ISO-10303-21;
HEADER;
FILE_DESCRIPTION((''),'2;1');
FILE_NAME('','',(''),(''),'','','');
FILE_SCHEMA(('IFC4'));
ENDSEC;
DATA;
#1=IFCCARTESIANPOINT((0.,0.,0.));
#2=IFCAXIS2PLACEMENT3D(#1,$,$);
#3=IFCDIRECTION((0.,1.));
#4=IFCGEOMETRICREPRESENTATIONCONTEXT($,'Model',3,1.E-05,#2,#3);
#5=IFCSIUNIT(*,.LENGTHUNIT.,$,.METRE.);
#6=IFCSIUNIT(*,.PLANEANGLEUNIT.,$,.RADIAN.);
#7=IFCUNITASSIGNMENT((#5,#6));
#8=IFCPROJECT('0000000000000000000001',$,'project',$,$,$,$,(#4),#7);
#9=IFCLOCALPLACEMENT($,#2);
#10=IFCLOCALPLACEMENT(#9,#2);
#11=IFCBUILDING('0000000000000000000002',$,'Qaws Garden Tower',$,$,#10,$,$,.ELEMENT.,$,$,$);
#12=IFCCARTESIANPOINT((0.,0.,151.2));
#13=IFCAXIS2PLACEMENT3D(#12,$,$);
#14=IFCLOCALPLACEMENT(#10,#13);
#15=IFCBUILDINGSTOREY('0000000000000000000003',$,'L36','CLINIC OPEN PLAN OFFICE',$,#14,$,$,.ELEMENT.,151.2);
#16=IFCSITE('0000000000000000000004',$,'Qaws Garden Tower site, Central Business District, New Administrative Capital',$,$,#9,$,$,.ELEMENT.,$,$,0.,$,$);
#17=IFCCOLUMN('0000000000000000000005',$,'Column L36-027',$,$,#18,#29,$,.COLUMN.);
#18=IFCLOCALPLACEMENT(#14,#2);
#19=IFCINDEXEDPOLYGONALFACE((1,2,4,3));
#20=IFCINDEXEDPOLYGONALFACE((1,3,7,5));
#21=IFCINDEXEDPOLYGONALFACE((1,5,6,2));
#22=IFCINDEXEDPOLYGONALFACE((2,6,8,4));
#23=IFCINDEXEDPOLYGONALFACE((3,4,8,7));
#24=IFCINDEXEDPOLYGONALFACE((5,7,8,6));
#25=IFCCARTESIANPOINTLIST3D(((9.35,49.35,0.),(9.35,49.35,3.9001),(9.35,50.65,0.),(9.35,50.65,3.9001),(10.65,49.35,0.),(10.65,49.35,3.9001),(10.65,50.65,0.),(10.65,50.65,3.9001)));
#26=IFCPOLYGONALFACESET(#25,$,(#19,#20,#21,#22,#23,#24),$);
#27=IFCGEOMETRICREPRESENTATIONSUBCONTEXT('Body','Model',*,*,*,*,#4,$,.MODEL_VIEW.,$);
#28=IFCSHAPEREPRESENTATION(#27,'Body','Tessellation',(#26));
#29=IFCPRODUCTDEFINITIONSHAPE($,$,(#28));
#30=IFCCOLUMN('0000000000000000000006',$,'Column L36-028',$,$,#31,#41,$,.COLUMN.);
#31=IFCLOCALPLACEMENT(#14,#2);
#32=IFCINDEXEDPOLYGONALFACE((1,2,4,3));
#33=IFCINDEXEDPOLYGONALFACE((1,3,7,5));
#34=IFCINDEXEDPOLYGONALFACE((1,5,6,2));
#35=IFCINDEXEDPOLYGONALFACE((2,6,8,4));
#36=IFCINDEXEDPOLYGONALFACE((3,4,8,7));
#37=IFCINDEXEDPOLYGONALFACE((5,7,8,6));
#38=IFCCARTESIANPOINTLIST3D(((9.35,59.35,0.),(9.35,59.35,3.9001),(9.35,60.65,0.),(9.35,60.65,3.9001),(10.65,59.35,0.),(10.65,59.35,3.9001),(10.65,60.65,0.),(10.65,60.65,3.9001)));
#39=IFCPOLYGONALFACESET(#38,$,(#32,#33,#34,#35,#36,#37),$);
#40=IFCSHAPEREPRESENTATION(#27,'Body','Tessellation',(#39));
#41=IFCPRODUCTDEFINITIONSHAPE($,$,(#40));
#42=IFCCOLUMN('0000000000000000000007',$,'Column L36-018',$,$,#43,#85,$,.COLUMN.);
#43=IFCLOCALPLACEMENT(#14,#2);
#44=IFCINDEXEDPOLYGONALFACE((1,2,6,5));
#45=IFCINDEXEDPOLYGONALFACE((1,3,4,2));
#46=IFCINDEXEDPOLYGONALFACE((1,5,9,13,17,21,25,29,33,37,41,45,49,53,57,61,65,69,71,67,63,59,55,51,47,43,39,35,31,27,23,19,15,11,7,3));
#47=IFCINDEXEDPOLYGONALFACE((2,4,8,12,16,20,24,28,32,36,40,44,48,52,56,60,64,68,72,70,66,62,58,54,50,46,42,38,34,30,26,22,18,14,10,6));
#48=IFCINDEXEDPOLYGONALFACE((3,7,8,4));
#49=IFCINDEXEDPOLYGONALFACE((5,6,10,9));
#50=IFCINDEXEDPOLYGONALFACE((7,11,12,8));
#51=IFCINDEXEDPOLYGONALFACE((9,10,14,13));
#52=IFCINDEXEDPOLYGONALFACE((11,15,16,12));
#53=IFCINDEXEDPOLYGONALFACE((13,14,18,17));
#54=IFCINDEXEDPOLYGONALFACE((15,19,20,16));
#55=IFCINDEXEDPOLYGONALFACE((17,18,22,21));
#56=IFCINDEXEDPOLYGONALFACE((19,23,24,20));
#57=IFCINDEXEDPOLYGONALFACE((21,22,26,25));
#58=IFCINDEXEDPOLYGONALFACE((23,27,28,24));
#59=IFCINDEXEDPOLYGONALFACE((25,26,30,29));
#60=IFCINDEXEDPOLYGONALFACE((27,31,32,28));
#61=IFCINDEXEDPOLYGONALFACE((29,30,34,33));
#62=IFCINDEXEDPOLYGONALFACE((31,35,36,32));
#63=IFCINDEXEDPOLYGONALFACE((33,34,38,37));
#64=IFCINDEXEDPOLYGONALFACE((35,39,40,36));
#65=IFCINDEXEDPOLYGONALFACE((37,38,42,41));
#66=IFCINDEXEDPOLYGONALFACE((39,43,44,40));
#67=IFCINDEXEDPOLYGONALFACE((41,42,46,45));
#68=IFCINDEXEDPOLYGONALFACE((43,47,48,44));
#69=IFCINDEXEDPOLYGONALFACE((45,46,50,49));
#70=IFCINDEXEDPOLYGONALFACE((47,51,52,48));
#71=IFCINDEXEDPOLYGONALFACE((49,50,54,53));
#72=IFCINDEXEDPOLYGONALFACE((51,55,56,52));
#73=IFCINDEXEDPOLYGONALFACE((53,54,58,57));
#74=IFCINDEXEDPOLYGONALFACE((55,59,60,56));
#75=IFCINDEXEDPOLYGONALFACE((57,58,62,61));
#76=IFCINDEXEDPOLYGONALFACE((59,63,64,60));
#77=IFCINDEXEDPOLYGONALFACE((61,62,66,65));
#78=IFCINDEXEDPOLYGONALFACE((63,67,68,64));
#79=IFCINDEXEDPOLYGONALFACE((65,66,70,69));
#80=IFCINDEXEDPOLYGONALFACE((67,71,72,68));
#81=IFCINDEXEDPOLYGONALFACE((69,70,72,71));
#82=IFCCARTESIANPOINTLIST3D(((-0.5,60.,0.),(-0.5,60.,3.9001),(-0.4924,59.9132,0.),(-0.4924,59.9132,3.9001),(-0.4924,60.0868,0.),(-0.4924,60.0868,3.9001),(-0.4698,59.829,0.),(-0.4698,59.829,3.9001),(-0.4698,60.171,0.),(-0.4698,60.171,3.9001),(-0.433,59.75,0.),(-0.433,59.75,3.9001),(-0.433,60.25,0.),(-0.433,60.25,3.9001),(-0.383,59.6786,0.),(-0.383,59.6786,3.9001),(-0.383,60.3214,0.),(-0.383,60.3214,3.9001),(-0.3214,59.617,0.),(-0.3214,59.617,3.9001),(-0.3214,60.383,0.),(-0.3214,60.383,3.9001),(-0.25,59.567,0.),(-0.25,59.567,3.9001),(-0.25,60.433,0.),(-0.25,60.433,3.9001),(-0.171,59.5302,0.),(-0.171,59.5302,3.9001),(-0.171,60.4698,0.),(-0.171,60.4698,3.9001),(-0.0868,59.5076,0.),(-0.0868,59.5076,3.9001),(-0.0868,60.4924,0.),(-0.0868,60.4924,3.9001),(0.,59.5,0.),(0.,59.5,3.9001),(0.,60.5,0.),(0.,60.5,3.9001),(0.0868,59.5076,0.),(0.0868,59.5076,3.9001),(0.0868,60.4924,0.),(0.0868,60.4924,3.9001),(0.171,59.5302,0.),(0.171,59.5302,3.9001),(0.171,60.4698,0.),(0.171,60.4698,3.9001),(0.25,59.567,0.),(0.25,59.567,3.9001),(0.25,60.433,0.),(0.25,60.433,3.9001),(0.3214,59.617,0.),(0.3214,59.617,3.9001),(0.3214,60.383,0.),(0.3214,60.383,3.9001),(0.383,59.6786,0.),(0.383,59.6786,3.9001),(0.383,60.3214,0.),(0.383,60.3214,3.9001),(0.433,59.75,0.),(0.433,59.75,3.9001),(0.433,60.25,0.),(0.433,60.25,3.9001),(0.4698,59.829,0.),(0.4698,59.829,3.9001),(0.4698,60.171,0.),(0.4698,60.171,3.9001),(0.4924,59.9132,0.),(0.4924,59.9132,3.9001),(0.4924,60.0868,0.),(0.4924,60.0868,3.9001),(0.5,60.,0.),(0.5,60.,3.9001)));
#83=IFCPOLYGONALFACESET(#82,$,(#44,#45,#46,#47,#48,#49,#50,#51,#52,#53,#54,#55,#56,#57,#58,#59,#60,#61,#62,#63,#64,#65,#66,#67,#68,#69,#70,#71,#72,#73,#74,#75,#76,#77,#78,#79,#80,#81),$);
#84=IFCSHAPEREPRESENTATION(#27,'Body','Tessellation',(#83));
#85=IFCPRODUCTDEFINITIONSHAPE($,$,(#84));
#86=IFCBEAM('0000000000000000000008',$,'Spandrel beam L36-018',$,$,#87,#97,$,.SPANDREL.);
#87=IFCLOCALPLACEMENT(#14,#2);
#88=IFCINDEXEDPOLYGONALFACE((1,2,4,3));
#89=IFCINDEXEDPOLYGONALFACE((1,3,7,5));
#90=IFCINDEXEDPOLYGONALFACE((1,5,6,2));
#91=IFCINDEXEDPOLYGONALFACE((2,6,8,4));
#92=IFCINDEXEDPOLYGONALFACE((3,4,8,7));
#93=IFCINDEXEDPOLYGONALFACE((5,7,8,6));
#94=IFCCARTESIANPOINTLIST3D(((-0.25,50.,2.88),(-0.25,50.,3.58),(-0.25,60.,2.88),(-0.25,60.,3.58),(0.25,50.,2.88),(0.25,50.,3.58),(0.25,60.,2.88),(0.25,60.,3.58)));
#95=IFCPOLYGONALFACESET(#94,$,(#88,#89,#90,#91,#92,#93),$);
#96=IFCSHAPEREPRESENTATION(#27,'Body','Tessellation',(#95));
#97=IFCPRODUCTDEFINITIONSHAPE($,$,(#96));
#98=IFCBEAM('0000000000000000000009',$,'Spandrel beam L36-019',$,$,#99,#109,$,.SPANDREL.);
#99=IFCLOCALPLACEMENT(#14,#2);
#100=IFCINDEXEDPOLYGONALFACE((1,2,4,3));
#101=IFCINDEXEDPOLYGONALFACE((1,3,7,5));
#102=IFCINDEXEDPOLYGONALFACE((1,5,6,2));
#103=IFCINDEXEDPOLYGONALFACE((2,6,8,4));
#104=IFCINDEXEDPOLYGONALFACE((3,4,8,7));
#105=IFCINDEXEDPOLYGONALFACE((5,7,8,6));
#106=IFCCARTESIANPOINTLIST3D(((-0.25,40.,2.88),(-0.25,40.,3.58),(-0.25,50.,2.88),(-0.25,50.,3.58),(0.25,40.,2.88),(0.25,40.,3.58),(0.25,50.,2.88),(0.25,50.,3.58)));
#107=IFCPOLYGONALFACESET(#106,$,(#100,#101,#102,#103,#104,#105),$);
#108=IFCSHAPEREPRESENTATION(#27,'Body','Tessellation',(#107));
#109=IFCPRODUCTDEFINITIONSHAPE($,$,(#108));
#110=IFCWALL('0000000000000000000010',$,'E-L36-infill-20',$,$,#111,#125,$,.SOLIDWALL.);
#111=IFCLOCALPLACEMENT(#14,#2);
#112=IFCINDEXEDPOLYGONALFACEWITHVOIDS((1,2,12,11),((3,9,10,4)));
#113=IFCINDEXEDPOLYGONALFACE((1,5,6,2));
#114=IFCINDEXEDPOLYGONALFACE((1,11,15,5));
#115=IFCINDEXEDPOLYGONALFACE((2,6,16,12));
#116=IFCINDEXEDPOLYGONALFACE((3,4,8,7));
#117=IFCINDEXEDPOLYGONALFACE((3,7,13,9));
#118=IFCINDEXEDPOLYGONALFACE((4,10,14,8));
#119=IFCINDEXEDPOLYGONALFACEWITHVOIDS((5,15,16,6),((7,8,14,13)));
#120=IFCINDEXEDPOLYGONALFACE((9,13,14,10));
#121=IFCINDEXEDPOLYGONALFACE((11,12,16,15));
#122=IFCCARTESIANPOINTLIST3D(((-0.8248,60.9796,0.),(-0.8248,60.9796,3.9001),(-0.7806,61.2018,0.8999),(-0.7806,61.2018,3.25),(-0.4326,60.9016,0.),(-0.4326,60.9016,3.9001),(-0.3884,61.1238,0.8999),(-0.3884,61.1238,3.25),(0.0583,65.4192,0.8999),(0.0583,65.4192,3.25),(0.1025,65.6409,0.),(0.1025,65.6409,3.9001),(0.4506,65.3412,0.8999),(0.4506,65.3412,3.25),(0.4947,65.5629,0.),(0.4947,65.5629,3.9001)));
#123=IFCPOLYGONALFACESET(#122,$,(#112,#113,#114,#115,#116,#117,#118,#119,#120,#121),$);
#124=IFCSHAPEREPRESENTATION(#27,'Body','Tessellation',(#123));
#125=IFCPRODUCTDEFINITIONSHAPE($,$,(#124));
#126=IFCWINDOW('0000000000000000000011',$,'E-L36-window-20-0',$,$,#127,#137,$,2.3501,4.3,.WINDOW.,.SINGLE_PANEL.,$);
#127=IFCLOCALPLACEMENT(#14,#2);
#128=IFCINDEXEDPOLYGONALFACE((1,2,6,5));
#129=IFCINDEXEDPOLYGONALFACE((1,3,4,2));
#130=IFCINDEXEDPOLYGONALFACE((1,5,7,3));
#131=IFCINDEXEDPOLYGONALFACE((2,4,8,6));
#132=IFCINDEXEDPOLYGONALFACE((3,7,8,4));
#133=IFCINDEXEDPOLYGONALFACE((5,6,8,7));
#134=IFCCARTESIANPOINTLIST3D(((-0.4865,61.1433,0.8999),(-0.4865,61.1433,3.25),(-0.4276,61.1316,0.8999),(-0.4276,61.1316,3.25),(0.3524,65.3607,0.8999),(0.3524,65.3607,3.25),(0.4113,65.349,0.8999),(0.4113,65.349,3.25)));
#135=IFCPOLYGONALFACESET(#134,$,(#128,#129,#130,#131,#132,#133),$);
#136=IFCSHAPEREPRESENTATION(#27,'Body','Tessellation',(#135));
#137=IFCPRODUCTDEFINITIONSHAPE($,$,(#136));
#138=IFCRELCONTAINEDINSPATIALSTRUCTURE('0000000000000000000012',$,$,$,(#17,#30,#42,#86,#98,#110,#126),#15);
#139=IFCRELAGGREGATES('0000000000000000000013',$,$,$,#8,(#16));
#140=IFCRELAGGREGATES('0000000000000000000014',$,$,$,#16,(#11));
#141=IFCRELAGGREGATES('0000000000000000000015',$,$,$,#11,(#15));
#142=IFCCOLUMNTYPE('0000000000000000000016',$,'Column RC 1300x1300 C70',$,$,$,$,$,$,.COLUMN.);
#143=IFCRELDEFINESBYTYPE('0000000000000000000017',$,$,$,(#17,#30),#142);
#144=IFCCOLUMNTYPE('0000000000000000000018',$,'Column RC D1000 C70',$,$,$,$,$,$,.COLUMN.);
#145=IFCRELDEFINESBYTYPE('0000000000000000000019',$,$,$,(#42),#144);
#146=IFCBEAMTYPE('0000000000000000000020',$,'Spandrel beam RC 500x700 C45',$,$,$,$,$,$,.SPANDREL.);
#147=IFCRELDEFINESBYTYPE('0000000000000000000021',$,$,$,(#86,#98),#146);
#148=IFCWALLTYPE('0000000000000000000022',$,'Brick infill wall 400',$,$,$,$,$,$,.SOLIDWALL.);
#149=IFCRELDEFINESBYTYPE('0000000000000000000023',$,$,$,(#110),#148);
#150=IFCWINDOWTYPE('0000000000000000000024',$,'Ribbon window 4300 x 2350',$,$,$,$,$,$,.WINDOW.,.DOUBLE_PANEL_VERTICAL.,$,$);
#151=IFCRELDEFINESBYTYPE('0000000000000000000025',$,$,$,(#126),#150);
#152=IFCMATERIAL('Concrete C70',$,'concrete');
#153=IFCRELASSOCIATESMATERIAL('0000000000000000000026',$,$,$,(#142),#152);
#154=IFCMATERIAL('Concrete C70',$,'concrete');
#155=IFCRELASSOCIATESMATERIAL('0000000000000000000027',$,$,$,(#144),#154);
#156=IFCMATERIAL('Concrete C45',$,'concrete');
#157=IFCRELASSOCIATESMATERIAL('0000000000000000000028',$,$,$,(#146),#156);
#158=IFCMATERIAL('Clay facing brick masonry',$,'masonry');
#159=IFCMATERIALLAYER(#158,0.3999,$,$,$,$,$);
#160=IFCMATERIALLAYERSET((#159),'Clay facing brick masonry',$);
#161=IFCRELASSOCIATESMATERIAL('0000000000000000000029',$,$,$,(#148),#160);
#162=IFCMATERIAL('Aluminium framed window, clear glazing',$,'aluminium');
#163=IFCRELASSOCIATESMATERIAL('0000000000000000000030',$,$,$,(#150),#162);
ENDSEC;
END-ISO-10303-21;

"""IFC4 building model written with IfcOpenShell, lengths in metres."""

from ifc_helpers import new_model, si_unit, direction, frame, frame_2d, origin, origin_2d, place, context, subcontext, project, spatial, rectangle, circle, extrude, material, layer, layer_set, material_profile, profile_set, type_object, element, fill, save


model = new_model("IFC4")

# Units and contexts
model_context = context("Model", 3, precision=1e-05, world=origin(), true_north=direction((0.0, 1.0)))
body_context = subcontext(model_context, "Body", "Model", "MODEL_VIEW")
ifc_project = project(units=[si_unit("LENGTHUNIT", "METRE"), si_unit("PLANEANGLEUNIT", "RADIAN")], contexts=[model_context])

# Site, building, storey
site_placement = place(None, origin())
site = spatial("IfcSite", under=ifc_project, at=site_placement, Name="Qaws Garden Tower site, Central Business District, New Administrative Capital", CompositionType="ELEMENT", RefElevation=0.0)
building_placement = place(site_placement, origin())
building = spatial("IfcBuilding", under=site, at=building_placement, Name="Qaws Garden Tower", CompositionType="ELEMENT")
storey_placement = place(building_placement, frame((0.0, 0.0, 151.2)))
storey = spatial("IfcBuildingStorey", under=building, at=storey_placement, Name="L36", Description="CLINIC OPEN PLAN OFFICE", CompositionType="ELEMENT", Elevation=151.2)

# Columns
ifc_material_1 = material(Name="Concrete C70", Category="concrete")
ifc_material_profile_1 = material_profile(ifc_material_1, rectangle(XDim=1.3, YDim=1.3, at=origin_2d()), Name="RC 1300x1300")
ifc_profile_set_1 = profile_set([ifc_material_profile_1], Name="Concrete C70")
column_type_1 = type_object("IfcColumnType", Name="Column RC 1300x1300 C70", PredefinedType="COLUMN", material=ifc_profile_set_1)
for number, where, z_axis, x_axis, name in (
    (1, (10.0, 50.0, 0.0), (0.0, 0.0, 1.0), (1.0, 0.0, 0.0), "Column L36-027"),
    (2, (10.0, 60.0, 0.0), (0.0, 0.0, 1.0), (1.0, 0.0, 0.0), "Column L36-028"),
):
    element("IfcColumn", number, at=place(storey_placement, frame(where, z_axis=z_axis, x_axis=x_axis)), inside=storey, type_object=column_type_1, Name=name, PredefinedType="COLUMN", context=body_context, shape_type="SweptSolid", body=[
        extrude(rectangle(XDim=1.3, YDim=1.3, at=origin_2d()), origin(), (0.0, 0.0, 1.0), 3.9001),
    ])
ifc_material_2 = material(Name="Concrete C70", Category="concrete")
ifc_material_profile_2 = material_profile(ifc_material_2, circle(Radius=0.5, at=origin_2d()), Name="RC D1000")
ifc_profile_set_2 = profile_set([ifc_material_profile_2], Name="Concrete C70")
column_type_2 = type_object("IfcColumnType", Name="Column RC D1000 C70", PredefinedType="COLUMN", material=ifc_profile_set_2)
column_placement = place(storey_placement, frame((0.0, 60.0, 0.0), z_axis=(0.0, 0.0, 1.0), x_axis=(1.0, 0.0, 0.0)))
element("IfcColumn", 3, at=column_placement, inside=storey, type_object=column_type_2, Name="Column L36-018", PredefinedType="COLUMN", context=body_context, shape_type="SweptSolid", body=[
    extrude(circle(Radius=0.5, at=origin_2d()), origin(), (0.0, 0.0, 1.0), 3.9001),
])

# Beams
ifc_material_3 = material(Name="Concrete C45", Category="concrete")
ifc_material_profile_3 = material_profile(ifc_material_3, rectangle(XDim=0.5, YDim=0.7, at=origin_2d()), Name="RC 500x700")
ifc_profile_set_3 = profile_set([ifc_material_profile_3], Name="Concrete C45")
beam_type = type_object("IfcBeamType", Name="Spandrel beam RC 500x700 C45", PredefinedType="SPANDREL", material=ifc_profile_set_3)
for number, where, z_axis, x_axis, name in (
    (4, (0.0, 60.0, 3.23), (0.0, -1.0, 0.0), (1.0, 0.0, 0.0), "Spandrel beam L36-018"),
    (5, (0.0, 50.0, 3.23), (0.0, -1.0, 0.0), (1.0, 0.0, 0.0), "Spandrel beam L36-019"),
):
    element("IfcBeam", number, at=place(storey_placement, frame(where, z_axis=z_axis, x_axis=x_axis)), inside=storey, type_object=beam_type, Name=name, PredefinedType="SPANDREL", context=body_context, shape_type="SweptSolid", body=[
        extrude(rectangle(XDim=0.5, YDim=0.7, at=origin_2d()), origin(), (0.0, 0.0, 1.0), 10.0),
    ])

# Wall, opening, window
ifc_material_4 = material(Name="Clay facing brick masonry", Category="masonry")
ifc_layer_1 = layer(ifc_material_4, 0.3999)
ifc_layer_set_1 = layer_set([ifc_layer_1], Name="Clay facing brick masonry")
wall_type_1 = type_object("IfcWallType", Name="Brick infill wall 400", PredefinedType="SOLIDWALL", material=ifc_layer_set_1)
wall_1_placement = place(storey_placement, frame((0.2986, 65.6021, 0.0), z_axis=(0.0, 0.0, 1.0), x_axis=(-0.195099, -0.980784, 0.0)))
wall_1 = element("IfcWall", 6, at=wall_1_placement, inside=storey, type_object=wall_type_1, Name="E-L36-infill-20", PredefinedType="SOLIDWALL", context=body_context, shape_type="SweptSolid", body=[
    extrude(rectangle(XDim=4.7527, YDim=0.3999, at=frame_2d((2.3765, 0.0))), origin(), (0.0, 0.0, 1.0), 3.9001),
])
opening_1_placement = place(wall_1_placement, frame((0.2263, 0.0, 0.8999)))
opening_1 = element("IfcOpeningElement", 7, at=opening_1_placement, cuts=wall_1, PredefinedType="OPENING", context=body_context, shape_type="SweptSolid", body=[
    extrude(rectangle(XDim=4.3, YDim=2.3501, at=frame_2d((2.1499, 1.175))), frame((0.0, 0.21, 0.0), z_axis=(0.0, -1.0, 0.0), x_axis=(1.0, 0.0, 0.0)), (0.0, 0.0, 1.0), 0.4199),
])
ifc_material_5 = material(Name="Aluminium framed window, clear glazing", Category="aluminium")
window_type_1 = type_object("IfcWindowType", Name="Ribbon window 4300 x 2350", PartitioningType="DOUBLE_PANEL_VERTICAL", PredefinedType="WINDOW", material=ifc_material_5)
window_1_placement = place(opening_1_placement, origin())
window_1 = element("IfcWindow", 8, at=window_1_placement, inside=storey, type_object=window_type_1, Name="E-L36-window-20-0", OverallHeight=2.3501, OverallWidth=4.3, PartitioningType="SINGLE_PANEL", PredefinedType="WINDOW", context=body_context, shape_type="SweptSolid", body=[
    extrude(rectangle(XDim=4.3, YDim=2.3501, at=frame_2d((2.1499, 1.175))), frame((0.0, 0.1599, 0.0), z_axis=(0.0, -1.0, 0.0), x_axis=(1.0, 0.0, 0.0)), (0.0, 0.0, 1.0), 0.0601),
])
fill(opening_1, window_1)

save(model, "model.ifc")
